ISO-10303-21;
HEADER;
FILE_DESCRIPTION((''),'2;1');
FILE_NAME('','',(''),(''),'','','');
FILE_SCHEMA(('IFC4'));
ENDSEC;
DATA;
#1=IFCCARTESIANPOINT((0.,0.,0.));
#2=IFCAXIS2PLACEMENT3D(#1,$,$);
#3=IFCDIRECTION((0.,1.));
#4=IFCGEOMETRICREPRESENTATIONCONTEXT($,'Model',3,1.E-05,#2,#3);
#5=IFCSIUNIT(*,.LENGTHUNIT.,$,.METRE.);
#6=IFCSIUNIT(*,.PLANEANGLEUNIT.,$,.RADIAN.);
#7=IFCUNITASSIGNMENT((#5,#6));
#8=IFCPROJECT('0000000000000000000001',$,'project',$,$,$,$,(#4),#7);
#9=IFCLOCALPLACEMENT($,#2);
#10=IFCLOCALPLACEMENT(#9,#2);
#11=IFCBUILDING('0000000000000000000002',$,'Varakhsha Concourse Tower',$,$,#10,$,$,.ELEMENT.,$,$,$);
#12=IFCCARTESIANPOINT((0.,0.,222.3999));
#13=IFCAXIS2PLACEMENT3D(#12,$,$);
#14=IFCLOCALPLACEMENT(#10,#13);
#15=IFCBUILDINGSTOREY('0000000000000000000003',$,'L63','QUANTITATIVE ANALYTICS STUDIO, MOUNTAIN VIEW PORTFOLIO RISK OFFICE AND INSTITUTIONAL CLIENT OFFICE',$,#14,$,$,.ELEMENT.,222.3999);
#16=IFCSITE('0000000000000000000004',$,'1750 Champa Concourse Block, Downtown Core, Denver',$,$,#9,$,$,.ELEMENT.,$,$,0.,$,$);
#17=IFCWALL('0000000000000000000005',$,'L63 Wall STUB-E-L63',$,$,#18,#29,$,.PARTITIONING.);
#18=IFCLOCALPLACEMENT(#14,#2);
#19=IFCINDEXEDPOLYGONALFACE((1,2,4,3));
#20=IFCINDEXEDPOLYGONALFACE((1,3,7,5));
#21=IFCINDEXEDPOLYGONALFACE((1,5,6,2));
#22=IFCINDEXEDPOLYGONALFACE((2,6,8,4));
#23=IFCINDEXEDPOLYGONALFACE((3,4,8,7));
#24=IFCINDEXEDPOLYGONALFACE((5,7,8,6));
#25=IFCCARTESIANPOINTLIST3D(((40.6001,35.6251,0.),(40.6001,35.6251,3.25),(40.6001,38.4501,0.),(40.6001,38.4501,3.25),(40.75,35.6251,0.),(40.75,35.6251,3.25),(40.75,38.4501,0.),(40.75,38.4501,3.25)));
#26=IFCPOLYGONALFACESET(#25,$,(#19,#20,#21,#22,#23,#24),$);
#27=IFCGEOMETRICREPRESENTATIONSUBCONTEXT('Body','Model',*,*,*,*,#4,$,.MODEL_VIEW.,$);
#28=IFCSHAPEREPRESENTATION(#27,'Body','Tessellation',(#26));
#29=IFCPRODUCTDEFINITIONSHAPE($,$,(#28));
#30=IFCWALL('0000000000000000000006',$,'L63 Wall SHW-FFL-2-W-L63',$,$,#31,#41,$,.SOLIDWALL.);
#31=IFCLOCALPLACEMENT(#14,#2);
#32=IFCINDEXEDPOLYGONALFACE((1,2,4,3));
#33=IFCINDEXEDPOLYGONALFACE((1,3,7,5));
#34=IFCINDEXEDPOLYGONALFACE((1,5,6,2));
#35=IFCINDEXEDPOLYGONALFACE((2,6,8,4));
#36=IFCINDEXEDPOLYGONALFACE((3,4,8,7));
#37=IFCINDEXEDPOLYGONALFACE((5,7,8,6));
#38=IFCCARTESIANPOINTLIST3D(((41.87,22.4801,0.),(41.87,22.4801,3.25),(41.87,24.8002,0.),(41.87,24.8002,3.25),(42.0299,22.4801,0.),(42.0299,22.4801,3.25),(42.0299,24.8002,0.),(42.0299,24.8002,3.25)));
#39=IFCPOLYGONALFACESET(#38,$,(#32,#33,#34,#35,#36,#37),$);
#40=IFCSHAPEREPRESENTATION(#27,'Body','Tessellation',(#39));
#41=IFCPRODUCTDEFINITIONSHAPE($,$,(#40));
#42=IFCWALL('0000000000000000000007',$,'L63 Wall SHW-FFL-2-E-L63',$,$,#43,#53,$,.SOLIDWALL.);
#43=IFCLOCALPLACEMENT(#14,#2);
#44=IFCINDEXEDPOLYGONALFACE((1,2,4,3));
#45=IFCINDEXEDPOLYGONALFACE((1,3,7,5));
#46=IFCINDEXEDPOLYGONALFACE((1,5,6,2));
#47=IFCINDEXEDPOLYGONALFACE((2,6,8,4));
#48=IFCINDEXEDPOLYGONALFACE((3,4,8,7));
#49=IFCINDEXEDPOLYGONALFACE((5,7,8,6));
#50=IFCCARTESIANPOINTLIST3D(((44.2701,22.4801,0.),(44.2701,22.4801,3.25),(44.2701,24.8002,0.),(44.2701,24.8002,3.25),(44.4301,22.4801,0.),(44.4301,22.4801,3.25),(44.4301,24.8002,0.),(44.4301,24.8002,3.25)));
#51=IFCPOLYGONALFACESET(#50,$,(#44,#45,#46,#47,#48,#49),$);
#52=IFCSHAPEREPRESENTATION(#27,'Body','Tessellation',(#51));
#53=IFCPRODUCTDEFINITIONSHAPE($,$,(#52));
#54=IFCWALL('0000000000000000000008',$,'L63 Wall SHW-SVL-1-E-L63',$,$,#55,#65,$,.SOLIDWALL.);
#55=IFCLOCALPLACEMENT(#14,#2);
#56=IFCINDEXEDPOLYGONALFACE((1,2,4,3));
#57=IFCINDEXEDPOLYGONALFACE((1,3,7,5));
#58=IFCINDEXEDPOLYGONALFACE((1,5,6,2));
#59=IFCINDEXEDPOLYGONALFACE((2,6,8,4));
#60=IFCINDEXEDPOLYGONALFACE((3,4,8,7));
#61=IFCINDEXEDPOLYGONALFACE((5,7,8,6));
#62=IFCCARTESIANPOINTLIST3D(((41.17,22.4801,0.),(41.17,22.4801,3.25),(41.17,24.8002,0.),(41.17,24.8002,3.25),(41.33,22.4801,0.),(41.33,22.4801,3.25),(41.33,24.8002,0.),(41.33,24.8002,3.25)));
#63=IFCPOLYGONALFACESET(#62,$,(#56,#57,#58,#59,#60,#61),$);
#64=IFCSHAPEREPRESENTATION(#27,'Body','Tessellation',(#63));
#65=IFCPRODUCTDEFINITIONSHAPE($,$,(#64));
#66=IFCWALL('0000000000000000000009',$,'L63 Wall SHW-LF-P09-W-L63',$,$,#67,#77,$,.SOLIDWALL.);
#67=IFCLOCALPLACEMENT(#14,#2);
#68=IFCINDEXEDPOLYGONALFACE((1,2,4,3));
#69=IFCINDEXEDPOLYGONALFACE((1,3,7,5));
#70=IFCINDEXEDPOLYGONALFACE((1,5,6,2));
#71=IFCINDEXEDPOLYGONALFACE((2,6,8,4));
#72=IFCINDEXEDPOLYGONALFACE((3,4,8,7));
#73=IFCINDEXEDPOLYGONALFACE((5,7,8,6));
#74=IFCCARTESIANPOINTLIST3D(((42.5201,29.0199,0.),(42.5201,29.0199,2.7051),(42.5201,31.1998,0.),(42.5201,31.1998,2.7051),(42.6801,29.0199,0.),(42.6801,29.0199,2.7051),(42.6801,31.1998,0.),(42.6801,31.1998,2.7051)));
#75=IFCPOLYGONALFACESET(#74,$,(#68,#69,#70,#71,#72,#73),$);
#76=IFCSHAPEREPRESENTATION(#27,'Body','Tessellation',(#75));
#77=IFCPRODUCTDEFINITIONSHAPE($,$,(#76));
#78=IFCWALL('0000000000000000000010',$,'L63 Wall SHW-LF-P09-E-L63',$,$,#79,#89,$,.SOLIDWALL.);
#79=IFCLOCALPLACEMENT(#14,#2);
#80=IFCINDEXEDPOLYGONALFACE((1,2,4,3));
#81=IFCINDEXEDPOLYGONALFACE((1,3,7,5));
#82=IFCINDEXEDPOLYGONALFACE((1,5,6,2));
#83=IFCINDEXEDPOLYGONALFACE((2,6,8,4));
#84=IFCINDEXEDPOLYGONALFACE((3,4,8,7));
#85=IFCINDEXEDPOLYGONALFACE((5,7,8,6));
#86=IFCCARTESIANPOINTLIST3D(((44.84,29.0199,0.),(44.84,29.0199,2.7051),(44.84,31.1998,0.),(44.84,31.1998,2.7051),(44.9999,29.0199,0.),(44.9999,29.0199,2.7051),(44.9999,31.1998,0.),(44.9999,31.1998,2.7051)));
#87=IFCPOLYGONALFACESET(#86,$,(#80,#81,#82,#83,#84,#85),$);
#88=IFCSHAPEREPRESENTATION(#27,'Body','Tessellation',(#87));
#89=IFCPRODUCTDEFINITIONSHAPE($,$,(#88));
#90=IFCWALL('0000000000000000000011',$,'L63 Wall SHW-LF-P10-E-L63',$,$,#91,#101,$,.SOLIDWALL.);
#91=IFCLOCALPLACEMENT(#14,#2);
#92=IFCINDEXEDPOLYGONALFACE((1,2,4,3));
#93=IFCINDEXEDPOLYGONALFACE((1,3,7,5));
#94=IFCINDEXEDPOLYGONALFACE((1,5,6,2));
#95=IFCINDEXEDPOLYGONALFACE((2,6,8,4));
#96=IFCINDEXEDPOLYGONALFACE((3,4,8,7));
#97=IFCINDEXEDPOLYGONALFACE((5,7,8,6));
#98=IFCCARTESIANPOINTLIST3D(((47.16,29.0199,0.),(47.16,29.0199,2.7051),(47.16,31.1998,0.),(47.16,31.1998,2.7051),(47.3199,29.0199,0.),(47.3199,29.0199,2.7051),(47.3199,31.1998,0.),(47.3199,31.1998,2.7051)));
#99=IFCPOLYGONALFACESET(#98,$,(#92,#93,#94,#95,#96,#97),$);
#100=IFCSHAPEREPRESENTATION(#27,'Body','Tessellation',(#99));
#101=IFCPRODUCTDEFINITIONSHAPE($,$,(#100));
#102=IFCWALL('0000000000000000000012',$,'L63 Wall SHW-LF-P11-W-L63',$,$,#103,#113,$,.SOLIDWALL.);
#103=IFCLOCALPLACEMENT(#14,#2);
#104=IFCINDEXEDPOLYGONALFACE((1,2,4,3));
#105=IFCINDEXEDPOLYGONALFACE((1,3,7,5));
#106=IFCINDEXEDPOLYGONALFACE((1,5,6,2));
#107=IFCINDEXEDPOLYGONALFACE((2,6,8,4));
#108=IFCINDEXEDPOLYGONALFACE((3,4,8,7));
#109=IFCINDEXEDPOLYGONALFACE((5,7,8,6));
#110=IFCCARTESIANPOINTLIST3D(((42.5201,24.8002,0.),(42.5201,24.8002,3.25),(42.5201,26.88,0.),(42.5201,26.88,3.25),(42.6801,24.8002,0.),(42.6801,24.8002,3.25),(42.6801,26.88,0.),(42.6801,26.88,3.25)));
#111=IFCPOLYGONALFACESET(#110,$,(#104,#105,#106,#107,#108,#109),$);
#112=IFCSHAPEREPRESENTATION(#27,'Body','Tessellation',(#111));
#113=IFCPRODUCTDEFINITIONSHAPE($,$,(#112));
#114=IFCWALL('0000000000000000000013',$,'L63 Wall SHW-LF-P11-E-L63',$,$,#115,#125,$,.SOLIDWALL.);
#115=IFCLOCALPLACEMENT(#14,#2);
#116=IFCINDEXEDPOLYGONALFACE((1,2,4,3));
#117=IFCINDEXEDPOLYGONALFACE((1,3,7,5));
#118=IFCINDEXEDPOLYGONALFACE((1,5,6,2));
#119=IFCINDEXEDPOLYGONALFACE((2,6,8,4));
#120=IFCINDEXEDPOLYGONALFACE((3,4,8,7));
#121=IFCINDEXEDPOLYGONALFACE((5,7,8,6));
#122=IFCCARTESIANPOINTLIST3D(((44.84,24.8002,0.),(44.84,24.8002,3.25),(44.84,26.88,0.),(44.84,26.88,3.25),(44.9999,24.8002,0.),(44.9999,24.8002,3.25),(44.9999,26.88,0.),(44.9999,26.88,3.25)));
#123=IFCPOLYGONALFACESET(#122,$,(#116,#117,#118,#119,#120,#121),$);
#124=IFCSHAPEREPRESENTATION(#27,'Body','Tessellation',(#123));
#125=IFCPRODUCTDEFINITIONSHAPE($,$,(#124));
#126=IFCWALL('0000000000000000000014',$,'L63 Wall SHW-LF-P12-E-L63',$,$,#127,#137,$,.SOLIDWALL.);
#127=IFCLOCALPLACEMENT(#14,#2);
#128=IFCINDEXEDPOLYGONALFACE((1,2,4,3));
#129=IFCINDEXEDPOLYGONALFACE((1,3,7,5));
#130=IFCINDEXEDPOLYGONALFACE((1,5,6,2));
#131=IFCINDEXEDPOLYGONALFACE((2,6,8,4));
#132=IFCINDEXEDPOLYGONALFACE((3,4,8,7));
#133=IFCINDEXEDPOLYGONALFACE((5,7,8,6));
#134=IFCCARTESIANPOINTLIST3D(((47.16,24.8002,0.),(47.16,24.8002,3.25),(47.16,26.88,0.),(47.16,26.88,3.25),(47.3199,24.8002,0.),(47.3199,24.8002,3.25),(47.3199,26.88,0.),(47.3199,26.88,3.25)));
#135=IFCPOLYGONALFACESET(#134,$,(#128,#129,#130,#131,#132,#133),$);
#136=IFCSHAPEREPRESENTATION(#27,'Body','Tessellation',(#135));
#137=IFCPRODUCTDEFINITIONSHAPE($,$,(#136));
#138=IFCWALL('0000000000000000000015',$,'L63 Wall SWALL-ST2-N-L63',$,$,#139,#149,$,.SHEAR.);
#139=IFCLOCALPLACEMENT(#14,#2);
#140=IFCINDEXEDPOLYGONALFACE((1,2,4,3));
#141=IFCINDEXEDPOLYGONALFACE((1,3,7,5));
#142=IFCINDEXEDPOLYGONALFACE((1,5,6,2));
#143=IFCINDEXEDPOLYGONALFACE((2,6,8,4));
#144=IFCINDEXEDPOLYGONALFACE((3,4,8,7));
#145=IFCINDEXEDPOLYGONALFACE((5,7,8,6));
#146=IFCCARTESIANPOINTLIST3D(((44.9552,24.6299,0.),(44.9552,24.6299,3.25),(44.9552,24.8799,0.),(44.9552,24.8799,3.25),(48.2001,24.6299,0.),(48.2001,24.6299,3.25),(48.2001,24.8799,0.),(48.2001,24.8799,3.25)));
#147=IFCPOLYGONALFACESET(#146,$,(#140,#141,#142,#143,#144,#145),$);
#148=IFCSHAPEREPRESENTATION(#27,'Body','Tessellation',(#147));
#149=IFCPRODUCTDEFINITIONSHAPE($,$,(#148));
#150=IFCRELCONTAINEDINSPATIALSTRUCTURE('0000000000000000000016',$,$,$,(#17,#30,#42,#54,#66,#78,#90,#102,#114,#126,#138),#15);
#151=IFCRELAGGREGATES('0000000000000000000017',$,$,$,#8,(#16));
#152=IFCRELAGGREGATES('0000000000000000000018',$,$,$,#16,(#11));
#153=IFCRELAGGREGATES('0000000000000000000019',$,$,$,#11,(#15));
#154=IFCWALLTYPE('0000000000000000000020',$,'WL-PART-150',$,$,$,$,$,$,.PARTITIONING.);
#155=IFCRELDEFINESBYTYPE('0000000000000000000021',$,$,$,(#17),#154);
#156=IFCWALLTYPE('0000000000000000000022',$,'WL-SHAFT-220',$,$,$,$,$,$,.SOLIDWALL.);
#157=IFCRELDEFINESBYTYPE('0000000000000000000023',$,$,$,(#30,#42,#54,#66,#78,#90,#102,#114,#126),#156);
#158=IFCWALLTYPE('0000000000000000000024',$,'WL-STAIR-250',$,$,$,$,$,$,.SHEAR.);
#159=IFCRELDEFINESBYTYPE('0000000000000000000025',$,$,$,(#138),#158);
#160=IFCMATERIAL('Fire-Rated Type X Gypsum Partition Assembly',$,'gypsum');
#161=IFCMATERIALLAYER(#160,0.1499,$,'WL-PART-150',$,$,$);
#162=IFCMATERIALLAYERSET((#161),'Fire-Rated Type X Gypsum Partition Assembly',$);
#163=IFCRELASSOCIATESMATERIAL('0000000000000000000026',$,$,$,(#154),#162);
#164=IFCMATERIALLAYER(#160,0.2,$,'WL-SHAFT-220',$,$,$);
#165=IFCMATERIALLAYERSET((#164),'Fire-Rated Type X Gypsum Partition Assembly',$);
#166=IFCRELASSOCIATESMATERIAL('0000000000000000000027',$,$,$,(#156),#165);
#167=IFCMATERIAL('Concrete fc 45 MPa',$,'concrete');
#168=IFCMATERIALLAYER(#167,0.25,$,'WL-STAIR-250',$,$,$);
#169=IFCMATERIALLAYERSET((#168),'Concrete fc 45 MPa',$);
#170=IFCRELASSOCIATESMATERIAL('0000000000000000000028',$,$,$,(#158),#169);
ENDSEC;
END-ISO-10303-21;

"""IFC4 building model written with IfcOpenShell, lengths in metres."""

from ifc_helpers import new_model, si_unit, direction, frame, frame_2d, origin, place, context, subcontext, project, spatial, rectangle, extrude, material, layer, layer_set, type_object, element, save


model = new_model("IFC4")

# Units and contexts
model_context = context("Model", 3, precision=1e-05, world=origin(), true_north=direction((0.0, 1.0)))
body_context = subcontext(model_context, "Body", "Model", "MODEL_VIEW")
ifc_project = project(units=[si_unit("LENGTHUNIT", "METRE"), si_unit("PLANEANGLEUNIT", "RADIAN")], contexts=[model_context])

# Site, building, storey
site_placement = place(None, origin())
site = spatial("IfcSite", under=ifc_project, at=site_placement, Name="1750 Champa Concourse Block, Downtown Core, Denver", CompositionType="ELEMENT", RefElevation=0.0)
building_placement = place(site_placement, origin())
building = spatial("IfcBuilding", under=site, at=building_placement, Name="Varakhsha Concourse Tower", CompositionType="ELEMENT")
storey_placement = place(building_placement, frame((0.0, 0.0, 222.3999)))
storey = spatial("IfcBuildingStorey", under=building, at=storey_placement, Name="L63", Description="QUANTITATIVE ANALYTICS STUDIO, MOUNTAIN VIEW PORTFOLIO RISK OFFICE AND INSTITUTIONAL CLIENT OFFICE", CompositionType="ELEMENT", Elevation=222.3999)

# Shared definitions
ifc_material_1 = material(Name="Fire-Rated Type X Gypsum Partition Assembly", Category="gypsum")
ifc_layer_1 = layer(ifc_material_1, 0.1499, Name="WL-PART-150")
ifc_layer_set_1 = layer_set([ifc_layer_1], Name="Fire-Rated Type X Gypsum Partition Assembly")
wall_type_1 = type_object("IfcWallType", Name="WL-PART-150", PredefinedType="PARTITIONING", material=ifc_layer_set_1)

# Walls
wall_1_placement = place(storey_placement, frame((40.675, 35.625, 0.0), z_axis=(0.0, 0.0, 1.0), x_axis=(0.0, 1.0, 0.0)))
element("IfcWall", 1, at=wall_1_placement, inside=storey, type_object=wall_type_1, Name="L63 Wall STUB-E-L63", PredefinedType="PARTITIONING", context=body_context, shape_type="SweptSolid", body=[
    extrude(rectangle(XDim=2.825, YDim=0.1499, at=frame_2d((1.4126, 0.0))), origin(), (0.0, 0.0, 1.0), 3.25),
])
ifc_layer_2 = layer(ifc_material_1, 0.2, Name="WL-SHAFT-220")
ifc_layer_set_2 = layer_set([ifc_layer_2], Name="Fire-Rated Type X Gypsum Partition Assembly")
wall_type_2 = type_object("IfcWallType", Name="WL-SHAFT-220", PredefinedType="SOLIDWALL", material=ifc_layer_set_2)
for number, where, z_axis, x_axis, name in (
    (2, (41.95, 22.48, 0.0), (0.0, 0.0, 1.0), (0.0, 1.0, 0.0), "L63 Wall SHW-FFL-2-W-L63"),
    (3, (44.3501, 22.48, 0.0), (0.0, 0.0, 1.0), (0.0, 1.0, 0.0), "L63 Wall SHW-FFL-2-E-L63"),
    (4, (41.25, 22.48, 0.0), (0.0, 0.0, 1.0), (0.0, 1.0, 0.0), "L63 Wall SHW-SVL-1-E-L63"),
):
    element("IfcWall", number, at=place(storey_placement, frame(where, z_axis=z_axis, x_axis=x_axis)), inside=storey, type_object=wall_type_2, Name=name, PredefinedType="SOLIDWALL", context=body_context, shape_type="SweptSolid", body=[
        extrude(rectangle(XDim=2.3201, YDim=0.1599, at=frame_2d((1.1602, 0.0))), origin(), (0.0, 0.0, 1.0), 3.25),
    ])
for number, where, z_axis, x_axis, name in (
    (5, (42.6001, 29.02, 0.0), (0.0, 0.0, 1.0), (0.0, 1.0, 0.0), "L63 Wall SHW-LF-P09-W-L63"),
    (6, (44.9199, 29.02, 0.0), (0.0, 0.0, 1.0), (0.0, 1.0, 0.0), "L63 Wall SHW-LF-P09-E-L63"),
    (7, (47.24, 29.02, 0.0), (0.0, 0.0, 1.0), (0.0, 1.0, 0.0), "L63 Wall SHW-LF-P10-E-L63"),
):
    element("IfcWall", number, at=place(storey_placement, frame(where, z_axis=z_axis, x_axis=x_axis)), inside=storey, type_object=wall_type_2, Name=name, PredefinedType="SOLIDWALL", context=body_context, shape_type="SweptSolid", body=[
        extrude(rectangle(XDim=2.1799, YDim=0.1599, at=frame_2d((1.0898, 0.0))), origin(), (0.0, 0.0, 1.0), 2.7051),
    ])
for number, where, z_axis, x_axis, name in (
    (8, (42.6001, 24.8, 0.0), (0.0, 0.0, 1.0), (0.0, 1.0, 0.0), "L63 Wall SHW-LF-P11-W-L63"),
    (9, (44.9199, 24.8, 0.0), (0.0, 0.0, 1.0), (0.0, 1.0, 0.0), "L63 Wall SHW-LF-P11-E-L63"),
    (10, (47.24, 24.8, 0.0), (0.0, 0.0, 1.0), (0.0, 1.0, 0.0), "L63 Wall SHW-LF-P12-E-L63"),
):
    element("IfcWall", number, at=place(storey_placement, frame(where, z_axis=z_axis, x_axis=x_axis)), inside=storey, type_object=wall_type_2, Name=name, PredefinedType="SOLIDWALL", context=body_context, shape_type="SweptSolid", body=[
        extrude(rectangle(XDim=2.0798, YDim=0.1599, at=frame_2d((1.04, 0.0))), origin(), (0.0, 0.0, 1.0), 3.25),
    ])
ifc_material_2 = material(Name="Concrete fc 45 MPa", Category="concrete")
ifc_layer_3 = layer(ifc_material_2, 0.25, Name="WL-STAIR-250")
ifc_layer_set_3 = layer_set([ifc_layer_3], Name="Concrete fc 45 MPa")
wall_type_3 = type_object("IfcWallType", Name="WL-STAIR-250", PredefinedType="SHEAR", material=ifc_layer_set_3)
wall_2_placement = place(storey_placement, frame((44.9551, 24.7549, 0.0), z_axis=(0.0, 0.0, 1.0), x_axis=(1.0, 0.0, 0.0)))
element("IfcWall", 11, at=wall_2_placement, inside=storey, type_object=wall_type_3, Name="L63 Wall SWALL-ST2-N-L63", PredefinedType="SHEAR", context=body_context, shape_type="SweptSolid", body=[
    extrude(rectangle(XDim=3.2449, YDim=0.25, at=frame_2d((1.6226, 0.0))), origin(), (0.0, 0.0, 1.0), 3.25),
])

save(model, "model.ifc")
